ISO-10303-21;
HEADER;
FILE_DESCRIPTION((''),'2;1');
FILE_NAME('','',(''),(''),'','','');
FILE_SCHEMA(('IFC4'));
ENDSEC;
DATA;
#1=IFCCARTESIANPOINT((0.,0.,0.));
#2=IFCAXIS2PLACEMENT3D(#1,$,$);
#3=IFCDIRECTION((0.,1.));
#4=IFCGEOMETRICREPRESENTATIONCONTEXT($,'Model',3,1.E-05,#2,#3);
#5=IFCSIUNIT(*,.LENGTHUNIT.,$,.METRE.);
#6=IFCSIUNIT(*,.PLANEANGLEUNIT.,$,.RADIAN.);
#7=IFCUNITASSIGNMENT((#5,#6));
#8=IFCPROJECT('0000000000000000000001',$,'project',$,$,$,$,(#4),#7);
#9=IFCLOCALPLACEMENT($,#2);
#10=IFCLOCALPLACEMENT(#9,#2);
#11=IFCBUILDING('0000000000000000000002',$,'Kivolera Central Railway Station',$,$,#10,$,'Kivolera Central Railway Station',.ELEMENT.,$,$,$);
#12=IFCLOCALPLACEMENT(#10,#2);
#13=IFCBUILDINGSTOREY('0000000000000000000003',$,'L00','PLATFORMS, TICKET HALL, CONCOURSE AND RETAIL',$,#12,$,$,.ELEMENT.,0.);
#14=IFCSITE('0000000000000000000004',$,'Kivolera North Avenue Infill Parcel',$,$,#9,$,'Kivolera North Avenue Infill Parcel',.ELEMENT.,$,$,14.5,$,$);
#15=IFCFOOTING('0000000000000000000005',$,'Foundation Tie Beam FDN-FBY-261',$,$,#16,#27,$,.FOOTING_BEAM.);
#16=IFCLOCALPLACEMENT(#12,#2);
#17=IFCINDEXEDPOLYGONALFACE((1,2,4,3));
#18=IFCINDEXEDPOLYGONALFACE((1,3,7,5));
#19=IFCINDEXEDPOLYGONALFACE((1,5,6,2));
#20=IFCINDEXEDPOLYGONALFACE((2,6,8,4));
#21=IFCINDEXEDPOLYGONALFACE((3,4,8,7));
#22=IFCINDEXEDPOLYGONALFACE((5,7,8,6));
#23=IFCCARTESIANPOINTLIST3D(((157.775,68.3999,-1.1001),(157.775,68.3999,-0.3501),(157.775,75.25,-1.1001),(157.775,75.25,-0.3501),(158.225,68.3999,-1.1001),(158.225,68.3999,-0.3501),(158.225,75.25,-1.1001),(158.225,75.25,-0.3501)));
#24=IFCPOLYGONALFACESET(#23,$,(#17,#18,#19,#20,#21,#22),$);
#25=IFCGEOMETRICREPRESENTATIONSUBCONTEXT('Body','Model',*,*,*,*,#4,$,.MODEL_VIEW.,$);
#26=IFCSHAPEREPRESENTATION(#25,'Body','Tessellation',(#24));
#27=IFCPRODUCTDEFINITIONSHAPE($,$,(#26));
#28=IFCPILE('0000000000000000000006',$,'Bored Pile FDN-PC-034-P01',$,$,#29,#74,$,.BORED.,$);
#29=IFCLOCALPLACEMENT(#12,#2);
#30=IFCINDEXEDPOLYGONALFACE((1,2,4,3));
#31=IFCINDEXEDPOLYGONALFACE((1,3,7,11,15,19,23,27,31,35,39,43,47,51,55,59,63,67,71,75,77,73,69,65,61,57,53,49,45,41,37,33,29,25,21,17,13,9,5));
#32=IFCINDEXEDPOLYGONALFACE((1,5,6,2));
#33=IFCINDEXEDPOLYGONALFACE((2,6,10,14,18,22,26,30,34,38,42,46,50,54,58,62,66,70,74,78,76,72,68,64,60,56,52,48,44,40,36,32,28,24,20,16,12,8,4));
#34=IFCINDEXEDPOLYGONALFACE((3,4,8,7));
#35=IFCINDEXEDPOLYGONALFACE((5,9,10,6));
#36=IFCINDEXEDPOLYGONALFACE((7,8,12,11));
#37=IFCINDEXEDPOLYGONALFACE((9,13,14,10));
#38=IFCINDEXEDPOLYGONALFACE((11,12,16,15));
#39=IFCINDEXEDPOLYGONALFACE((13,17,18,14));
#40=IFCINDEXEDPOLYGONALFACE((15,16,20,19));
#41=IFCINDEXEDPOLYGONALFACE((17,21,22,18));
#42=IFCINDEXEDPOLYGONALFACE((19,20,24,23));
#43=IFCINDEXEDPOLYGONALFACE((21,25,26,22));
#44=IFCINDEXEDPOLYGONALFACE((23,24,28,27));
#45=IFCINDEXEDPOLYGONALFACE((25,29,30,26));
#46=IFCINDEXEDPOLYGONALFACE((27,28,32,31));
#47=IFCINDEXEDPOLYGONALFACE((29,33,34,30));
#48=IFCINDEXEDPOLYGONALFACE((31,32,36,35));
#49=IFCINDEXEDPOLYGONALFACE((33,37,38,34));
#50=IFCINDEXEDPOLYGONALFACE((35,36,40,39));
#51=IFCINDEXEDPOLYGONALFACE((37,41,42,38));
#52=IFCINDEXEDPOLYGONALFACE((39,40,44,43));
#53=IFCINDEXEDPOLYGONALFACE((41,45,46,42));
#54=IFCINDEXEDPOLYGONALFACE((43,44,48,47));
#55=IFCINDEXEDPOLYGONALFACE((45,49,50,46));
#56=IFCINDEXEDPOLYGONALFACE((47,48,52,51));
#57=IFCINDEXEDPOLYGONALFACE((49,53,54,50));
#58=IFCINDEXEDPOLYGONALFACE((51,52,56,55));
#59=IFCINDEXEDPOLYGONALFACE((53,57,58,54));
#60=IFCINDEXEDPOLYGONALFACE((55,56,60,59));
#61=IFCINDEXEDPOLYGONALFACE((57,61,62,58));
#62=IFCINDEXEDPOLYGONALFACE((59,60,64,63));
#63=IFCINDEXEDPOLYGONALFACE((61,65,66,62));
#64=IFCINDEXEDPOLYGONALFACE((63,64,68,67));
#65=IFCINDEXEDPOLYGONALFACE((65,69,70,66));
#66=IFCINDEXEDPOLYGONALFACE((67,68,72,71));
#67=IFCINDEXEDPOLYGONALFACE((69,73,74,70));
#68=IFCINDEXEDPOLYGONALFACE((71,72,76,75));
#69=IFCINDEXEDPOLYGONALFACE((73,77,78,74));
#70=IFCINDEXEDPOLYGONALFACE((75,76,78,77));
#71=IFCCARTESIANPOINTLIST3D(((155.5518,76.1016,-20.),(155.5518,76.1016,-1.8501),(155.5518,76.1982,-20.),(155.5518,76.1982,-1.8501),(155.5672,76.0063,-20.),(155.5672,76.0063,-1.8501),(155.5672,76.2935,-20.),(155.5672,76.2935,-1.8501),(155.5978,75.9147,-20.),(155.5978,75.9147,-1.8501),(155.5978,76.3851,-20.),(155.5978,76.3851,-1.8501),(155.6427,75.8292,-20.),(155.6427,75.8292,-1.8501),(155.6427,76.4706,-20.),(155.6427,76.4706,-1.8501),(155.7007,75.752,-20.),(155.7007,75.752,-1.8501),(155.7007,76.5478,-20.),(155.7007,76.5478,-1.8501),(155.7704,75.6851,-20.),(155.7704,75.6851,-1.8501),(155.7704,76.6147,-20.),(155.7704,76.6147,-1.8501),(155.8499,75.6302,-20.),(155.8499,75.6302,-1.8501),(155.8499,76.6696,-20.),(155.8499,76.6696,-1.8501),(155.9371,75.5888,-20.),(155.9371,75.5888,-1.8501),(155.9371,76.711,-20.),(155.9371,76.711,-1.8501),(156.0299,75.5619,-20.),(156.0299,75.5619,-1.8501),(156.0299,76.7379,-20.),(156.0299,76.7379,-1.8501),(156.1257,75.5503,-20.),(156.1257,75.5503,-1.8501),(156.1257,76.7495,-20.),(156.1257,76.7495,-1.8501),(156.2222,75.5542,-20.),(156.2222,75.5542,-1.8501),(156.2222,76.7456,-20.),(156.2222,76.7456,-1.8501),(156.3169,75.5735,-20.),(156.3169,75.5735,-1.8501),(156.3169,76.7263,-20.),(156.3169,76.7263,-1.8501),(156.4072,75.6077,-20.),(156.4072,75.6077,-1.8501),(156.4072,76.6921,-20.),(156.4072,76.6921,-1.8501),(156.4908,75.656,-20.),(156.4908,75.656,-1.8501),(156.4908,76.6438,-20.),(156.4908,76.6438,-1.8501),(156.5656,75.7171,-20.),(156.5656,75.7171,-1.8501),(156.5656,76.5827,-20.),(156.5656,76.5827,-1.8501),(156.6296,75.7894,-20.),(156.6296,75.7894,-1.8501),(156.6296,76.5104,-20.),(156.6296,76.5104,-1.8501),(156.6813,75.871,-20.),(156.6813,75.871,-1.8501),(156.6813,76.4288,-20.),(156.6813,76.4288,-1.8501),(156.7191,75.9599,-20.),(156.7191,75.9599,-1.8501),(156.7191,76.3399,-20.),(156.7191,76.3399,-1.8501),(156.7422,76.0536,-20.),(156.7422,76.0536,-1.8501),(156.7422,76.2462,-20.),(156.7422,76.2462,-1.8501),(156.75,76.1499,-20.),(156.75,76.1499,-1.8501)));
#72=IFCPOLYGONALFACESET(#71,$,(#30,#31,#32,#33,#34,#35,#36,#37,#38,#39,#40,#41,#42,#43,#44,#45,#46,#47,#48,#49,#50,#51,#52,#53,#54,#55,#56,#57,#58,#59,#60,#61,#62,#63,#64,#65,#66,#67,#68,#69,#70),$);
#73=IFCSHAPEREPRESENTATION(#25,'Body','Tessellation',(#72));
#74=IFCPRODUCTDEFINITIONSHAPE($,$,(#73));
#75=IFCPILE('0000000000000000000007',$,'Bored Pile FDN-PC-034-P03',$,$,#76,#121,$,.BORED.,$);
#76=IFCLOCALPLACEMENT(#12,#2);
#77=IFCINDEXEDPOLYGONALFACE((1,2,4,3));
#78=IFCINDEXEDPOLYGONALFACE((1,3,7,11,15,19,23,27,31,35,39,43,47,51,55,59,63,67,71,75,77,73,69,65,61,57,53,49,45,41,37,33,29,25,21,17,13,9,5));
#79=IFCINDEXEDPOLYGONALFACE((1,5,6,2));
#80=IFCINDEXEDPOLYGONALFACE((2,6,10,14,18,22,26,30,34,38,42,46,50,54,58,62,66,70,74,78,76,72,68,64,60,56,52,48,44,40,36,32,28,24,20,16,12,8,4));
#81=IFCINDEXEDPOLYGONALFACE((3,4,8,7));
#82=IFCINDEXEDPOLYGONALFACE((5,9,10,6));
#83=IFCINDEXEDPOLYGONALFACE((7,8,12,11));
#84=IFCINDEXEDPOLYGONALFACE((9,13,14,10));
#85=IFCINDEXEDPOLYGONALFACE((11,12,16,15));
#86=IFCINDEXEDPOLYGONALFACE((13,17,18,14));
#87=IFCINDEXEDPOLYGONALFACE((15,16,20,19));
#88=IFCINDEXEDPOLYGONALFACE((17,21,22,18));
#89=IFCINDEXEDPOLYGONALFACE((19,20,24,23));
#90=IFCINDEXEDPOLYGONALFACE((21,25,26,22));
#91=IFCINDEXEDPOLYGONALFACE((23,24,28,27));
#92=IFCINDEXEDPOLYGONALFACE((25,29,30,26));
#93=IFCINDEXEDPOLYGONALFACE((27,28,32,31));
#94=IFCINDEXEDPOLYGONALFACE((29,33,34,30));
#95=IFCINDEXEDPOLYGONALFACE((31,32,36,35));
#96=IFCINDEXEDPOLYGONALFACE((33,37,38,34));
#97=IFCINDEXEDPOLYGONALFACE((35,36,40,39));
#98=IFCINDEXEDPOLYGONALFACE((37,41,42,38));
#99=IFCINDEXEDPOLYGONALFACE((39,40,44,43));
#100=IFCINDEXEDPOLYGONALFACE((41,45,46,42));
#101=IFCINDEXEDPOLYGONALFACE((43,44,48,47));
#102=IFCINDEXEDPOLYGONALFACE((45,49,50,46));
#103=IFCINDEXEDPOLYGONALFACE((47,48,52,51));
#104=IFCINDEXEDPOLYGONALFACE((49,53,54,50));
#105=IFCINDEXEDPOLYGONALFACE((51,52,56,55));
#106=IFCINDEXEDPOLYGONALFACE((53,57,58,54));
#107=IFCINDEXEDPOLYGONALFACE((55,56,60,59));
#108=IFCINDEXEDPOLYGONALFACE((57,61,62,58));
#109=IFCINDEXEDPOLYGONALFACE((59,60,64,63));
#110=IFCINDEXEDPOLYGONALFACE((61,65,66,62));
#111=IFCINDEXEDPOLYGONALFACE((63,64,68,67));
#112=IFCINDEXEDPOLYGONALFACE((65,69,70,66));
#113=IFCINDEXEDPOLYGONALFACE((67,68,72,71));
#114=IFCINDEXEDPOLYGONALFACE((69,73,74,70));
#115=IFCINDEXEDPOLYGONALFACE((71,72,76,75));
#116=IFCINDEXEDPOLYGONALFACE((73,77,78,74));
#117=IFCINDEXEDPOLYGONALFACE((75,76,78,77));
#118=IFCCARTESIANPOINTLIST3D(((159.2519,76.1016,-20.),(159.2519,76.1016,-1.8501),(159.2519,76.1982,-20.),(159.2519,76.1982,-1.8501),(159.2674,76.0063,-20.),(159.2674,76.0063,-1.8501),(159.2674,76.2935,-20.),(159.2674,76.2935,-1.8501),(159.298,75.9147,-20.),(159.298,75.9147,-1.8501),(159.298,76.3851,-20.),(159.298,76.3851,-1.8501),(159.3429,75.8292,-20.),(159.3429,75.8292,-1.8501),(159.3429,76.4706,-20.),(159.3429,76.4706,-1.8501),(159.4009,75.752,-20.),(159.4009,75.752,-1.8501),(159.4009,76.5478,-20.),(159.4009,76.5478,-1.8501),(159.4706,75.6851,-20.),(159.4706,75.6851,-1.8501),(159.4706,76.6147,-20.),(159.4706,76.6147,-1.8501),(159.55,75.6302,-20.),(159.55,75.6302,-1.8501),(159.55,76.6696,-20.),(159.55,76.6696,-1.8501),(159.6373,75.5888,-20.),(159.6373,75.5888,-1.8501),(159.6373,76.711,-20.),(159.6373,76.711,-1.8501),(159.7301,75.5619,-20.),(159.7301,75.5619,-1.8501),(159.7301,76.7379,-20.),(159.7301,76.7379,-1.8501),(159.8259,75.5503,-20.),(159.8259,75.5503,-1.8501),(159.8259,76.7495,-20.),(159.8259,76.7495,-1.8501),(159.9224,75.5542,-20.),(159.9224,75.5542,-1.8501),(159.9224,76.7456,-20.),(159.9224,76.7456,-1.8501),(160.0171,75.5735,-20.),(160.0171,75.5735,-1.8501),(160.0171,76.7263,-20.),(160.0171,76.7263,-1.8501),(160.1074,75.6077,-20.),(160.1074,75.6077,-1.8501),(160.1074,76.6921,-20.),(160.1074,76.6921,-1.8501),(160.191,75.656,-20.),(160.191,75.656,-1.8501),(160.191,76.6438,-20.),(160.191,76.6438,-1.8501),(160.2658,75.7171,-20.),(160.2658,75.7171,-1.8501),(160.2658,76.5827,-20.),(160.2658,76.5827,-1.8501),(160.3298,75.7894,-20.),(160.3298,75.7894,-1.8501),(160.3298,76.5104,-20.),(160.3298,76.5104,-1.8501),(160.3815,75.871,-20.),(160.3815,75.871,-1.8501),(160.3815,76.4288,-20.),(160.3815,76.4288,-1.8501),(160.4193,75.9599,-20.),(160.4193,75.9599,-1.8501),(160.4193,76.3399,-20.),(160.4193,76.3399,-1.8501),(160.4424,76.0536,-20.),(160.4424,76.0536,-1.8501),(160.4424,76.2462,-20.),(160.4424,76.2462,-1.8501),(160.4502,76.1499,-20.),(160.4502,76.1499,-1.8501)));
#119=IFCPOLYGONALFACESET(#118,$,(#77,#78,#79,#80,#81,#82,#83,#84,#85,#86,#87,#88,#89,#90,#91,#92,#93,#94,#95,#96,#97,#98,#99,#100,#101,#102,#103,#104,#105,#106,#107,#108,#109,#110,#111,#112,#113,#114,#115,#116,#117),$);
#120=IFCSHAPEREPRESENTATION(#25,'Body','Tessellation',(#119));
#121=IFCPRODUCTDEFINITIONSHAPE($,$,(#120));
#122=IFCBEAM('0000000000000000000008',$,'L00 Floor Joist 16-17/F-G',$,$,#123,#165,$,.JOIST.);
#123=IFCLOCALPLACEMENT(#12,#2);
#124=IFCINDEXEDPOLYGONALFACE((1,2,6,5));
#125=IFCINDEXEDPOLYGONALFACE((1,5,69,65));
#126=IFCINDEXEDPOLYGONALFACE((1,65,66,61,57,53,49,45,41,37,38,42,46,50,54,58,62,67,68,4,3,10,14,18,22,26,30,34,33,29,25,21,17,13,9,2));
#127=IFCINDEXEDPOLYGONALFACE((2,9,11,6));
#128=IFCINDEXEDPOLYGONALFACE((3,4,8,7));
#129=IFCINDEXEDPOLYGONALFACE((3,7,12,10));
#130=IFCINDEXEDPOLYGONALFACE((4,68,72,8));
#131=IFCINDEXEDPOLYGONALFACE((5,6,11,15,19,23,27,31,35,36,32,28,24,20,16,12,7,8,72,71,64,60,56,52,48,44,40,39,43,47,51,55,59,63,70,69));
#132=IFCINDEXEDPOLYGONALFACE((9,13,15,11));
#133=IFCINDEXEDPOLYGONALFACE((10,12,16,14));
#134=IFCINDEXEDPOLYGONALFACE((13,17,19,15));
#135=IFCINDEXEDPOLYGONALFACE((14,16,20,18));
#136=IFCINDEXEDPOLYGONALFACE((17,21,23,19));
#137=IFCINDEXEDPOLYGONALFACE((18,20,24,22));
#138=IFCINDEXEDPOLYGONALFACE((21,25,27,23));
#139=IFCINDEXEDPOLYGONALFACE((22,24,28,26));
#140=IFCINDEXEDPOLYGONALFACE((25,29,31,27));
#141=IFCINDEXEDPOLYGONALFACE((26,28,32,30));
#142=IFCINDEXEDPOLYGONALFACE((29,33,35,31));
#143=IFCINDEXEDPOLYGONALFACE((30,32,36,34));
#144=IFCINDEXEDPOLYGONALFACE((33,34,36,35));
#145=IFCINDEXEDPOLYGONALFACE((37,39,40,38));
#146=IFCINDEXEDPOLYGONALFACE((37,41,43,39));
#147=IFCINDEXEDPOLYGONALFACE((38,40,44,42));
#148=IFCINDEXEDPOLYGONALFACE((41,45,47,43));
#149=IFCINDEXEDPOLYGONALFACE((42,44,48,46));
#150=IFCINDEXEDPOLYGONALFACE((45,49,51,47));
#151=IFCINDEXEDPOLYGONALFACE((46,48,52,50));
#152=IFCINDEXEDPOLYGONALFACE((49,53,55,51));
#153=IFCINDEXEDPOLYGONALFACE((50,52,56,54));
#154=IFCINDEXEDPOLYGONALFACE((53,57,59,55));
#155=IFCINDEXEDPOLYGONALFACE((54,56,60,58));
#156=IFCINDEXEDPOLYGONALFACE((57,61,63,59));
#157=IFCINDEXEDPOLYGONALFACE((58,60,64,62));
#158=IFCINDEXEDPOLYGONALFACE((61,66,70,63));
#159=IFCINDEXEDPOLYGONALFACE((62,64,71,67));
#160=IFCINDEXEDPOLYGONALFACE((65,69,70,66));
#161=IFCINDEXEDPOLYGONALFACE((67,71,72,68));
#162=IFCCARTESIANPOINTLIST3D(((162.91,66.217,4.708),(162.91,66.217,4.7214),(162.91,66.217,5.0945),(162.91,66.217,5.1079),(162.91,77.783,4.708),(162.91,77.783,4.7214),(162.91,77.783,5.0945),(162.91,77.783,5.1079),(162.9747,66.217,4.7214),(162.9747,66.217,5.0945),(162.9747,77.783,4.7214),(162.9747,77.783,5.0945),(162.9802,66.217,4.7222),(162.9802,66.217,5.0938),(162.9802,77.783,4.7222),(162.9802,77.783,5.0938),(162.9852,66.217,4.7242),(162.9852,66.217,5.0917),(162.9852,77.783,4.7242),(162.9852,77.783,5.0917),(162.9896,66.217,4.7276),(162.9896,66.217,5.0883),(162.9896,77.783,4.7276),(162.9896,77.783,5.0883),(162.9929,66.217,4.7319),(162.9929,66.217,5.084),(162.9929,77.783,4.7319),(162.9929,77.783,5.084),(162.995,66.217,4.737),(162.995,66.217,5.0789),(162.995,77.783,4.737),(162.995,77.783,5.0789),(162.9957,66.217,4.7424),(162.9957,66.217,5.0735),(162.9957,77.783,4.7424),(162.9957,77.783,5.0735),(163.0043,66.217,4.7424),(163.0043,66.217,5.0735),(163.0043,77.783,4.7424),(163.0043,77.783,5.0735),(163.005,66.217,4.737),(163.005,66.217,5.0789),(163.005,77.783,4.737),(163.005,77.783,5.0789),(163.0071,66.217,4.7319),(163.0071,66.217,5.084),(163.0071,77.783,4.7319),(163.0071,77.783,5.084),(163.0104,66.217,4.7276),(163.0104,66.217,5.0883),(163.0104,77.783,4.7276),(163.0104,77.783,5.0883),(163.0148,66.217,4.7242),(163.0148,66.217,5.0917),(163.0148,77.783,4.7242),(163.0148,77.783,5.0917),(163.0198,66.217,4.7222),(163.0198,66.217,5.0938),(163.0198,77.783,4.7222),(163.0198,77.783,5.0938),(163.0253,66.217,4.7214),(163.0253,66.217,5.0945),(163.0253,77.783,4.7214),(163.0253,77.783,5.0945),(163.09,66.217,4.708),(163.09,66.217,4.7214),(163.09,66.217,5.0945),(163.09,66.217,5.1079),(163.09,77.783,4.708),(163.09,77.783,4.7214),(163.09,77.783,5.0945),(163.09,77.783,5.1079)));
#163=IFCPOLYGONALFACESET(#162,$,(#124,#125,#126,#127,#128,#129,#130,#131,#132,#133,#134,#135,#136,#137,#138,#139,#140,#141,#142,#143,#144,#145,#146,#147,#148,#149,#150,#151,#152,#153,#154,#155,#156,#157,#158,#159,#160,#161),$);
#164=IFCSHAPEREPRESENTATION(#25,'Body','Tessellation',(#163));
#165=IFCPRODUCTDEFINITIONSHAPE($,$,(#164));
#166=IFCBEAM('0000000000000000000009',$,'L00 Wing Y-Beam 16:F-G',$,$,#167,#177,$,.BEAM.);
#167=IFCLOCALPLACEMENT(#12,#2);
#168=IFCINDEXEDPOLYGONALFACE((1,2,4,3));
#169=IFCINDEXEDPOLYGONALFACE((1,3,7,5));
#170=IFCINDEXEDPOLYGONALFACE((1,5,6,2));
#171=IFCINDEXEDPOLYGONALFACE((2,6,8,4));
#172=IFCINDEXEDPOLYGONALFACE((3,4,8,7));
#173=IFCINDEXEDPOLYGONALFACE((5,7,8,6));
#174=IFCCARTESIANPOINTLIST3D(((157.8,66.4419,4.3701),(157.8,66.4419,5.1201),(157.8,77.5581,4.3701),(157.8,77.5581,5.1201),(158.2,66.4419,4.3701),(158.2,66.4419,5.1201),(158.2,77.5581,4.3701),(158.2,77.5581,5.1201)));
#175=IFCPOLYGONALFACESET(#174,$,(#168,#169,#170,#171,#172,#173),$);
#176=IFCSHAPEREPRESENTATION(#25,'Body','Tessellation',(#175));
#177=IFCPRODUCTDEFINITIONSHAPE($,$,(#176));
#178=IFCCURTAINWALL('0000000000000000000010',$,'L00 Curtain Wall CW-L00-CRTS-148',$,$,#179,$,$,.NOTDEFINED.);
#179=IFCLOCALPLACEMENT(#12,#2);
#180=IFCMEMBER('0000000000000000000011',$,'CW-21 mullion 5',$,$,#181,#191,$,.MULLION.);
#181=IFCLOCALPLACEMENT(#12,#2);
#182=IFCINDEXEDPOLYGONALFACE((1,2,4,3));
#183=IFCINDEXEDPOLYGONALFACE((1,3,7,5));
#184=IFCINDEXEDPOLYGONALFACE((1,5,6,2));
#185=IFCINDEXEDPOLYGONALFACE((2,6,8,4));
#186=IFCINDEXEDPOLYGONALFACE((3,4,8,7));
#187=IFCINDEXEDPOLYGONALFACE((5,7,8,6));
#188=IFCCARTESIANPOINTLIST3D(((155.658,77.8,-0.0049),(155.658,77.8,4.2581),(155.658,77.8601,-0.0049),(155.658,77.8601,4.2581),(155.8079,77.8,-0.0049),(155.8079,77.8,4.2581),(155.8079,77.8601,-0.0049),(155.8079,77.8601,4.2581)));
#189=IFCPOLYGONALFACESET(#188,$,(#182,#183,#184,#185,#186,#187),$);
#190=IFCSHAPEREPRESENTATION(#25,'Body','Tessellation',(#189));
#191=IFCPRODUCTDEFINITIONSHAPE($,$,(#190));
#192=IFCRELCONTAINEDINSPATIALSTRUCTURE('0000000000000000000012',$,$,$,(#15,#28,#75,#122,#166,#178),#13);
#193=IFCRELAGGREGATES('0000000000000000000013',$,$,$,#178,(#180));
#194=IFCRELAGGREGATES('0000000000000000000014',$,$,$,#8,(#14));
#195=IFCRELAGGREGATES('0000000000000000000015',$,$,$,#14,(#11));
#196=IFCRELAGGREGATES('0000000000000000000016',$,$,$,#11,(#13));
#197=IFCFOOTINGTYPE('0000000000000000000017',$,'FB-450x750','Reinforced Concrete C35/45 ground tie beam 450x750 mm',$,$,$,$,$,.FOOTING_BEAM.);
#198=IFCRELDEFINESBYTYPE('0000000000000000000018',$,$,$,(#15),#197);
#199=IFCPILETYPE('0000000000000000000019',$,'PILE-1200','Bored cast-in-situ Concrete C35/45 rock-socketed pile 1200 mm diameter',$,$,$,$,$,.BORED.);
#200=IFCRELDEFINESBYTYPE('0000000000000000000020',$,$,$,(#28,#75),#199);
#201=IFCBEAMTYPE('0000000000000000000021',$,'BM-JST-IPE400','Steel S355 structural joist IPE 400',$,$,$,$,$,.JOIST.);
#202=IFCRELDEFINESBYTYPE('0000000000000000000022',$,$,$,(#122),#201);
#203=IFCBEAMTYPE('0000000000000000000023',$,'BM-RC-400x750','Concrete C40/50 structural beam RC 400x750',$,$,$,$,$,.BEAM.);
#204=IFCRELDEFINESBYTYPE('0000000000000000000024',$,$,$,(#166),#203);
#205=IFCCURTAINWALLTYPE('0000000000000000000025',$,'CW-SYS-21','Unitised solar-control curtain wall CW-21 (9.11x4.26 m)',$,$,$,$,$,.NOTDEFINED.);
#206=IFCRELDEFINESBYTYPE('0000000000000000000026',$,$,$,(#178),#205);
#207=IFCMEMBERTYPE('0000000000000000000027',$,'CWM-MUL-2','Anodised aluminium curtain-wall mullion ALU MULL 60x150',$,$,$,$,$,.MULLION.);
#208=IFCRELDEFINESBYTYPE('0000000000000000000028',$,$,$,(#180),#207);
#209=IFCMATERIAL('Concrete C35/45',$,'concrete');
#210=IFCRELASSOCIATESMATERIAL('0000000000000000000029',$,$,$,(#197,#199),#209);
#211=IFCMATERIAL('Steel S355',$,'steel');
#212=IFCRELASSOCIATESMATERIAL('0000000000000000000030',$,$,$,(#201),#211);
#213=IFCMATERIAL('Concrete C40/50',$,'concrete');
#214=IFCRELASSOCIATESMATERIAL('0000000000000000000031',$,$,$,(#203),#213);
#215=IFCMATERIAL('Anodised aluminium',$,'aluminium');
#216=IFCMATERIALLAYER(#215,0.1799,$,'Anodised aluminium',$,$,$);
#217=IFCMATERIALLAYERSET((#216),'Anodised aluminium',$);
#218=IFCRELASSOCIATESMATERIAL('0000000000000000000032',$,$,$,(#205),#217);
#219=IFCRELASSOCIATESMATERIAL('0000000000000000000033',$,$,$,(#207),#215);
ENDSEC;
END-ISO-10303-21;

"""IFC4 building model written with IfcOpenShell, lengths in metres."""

from ifc_helpers import new_model, si_unit, direction, frame, origin, origin_2d, place, context, subcontext, project, spatial, rectangle, circle, i_section, extrude, material, layer, layer_set, material_profile, profile_set, type_object, element, aggregate, save


model = new_model("IFC4")

# Units and contexts
model_context = context("Model", 3, precision=1e-05, world=origin(), true_north=direction((0.0, 1.0)))
body_context = subcontext(model_context, "Body", "Model", "MODEL_VIEW")
ifc_project = project(units=[si_unit("LENGTHUNIT", "METRE"), si_unit("PLANEANGLEUNIT", "RADIAN")], contexts=[model_context])

# Site, building, storey
site_placement = place(None, origin())
site = spatial("IfcSite", under=ifc_project, at=site_placement, Name="Kivolera North Avenue Infill Parcel", LongName="Kivolera North Avenue Infill Parcel", CompositionType="ELEMENT", RefElevation=14.5)
building_placement = place(site_placement, origin())
building = spatial("IfcBuilding", under=site, at=building_placement, Name="Kivolera Central Railway Station", LongName="Kivolera Central Railway Station", CompositionType="ELEMENT")
storey_placement = place(building_placement, origin())
storey = spatial("IfcBuildingStorey", under=building, at=storey_placement, Name="L00", Description="PLATFORMS, TICKET HALL, CONCOURSE AND RETAIL", CompositionType="ELEMENT", Elevation=0.0)

# Footing
ifc_material_1 = material(Name="Concrete C35/45", Category="concrete")
footing_type = type_object("IfcFootingType", Name="FB-450x750", Description="Reinforced Concrete C35/45 ground tie beam 450x750 mm", PredefinedType="FOOTING_BEAM", material=ifc_material_1)
footing_placement = place(storey_placement, frame((158.0, 71.825, -1.1001), z_axis=(0.0, 0.0, 1.0), x_axis=(1.0, 0.0, 0.0)))
element("IfcFooting", 1, at=footing_placement, inside=storey, type_object=footing_type, Name="Foundation Tie Beam FDN-FBY-261", PredefinedType="FOOTING_BEAM", context=body_context, shape_type="SweptSolid", body=[
    extrude(rectangle(XDim=0.45, YDim=6.8501, at=origin_2d()), origin(), (0.0, 0.0, 1.0), 0.75),
])

# Piles
ifc_material_profile_1 = material_profile(ifc_material_1, circle(Radius=0.6001, at=origin_2d()), Name="PILE D1200")
ifc_profile_set_1 = profile_set([ifc_material_profile_1], Name="Concrete C35/45")
pile_type = type_object("IfcPileType", Name="PILE-1200", Description="Bored cast-in-situ Concrete C35/45 rock-socketed pile 1200 mm diameter", PredefinedType="BORED", material=ifc_profile_set_1)
for number, where, z_axis, x_axis, name in (
    (2, (156.1499, 76.1499, -1.8501), (0.0, 0.0, -1.0), (1.0, 0.0, 0.0), "Bored Pile FDN-PC-034-P01"),
    (3, (159.8501, 76.1499, -1.8501), (0.0, 0.0, -1.0), (1.0, 0.0, 0.0), "Bored Pile FDN-PC-034-P03"),
):
    element("IfcPile", number, at=place(storey_placement, frame(where, z_axis=z_axis, x_axis=x_axis)), inside=storey, type_object=pile_type, Name=name, PredefinedType="BORED", context=body_context, shape_type="SweptSolid", body=[
        extrude(circle(Radius=0.6001, at=origin_2d()), origin(), (0.0, 0.0, 1.0), 18.1499),
    ])

# Beams
ifc_material_2 = material(Name="Steel S355", Category="steel")
ifc_material_profile_2 = material_profile(ifc_material_2, i_section(OverallWidth=0.1799, OverallDepth=0.3999, WebThickness=0.0085, FlangeThickness=0.0134, FilletRadius=0.021, at=origin_2d()), Name="IPE 400")
ifc_profile_set_2 = profile_set([ifc_material_profile_2], Name="Steel S355")
beam_type_1 = type_object("IfcBeamType", Name="BM-JST-IPE400", Description="Steel S355 structural joist IPE 400", PredefinedType="JOIST", material=ifc_profile_set_2)
beam_1_placement = place(storey_placement, frame((163.0, 66.217, 4.908), z_axis=(0.0, 1.0, 0.0), x_axis=(-1.0, 0.0, 0.0)))
element("IfcBeam", 4, at=beam_1_placement, inside=storey, type_object=beam_type_1, Name="L00 Floor Joist 16-17/F-G", PredefinedType="JOIST", context=body_context, shape_type="SweptSolid", body=[
    extrude(i_section(OverallWidth=0.1799, OverallDepth=0.3999, WebThickness=0.0085, FlangeThickness=0.0134, FilletRadius=0.021, at=origin_2d()), origin(), (0.0, 0.0, 1.0), 11.5659),
])
ifc_material_3 = material(Name="Concrete C40/50", Category="concrete")
ifc_material_profile_3 = material_profile(ifc_material_3, rectangle(XDim=0.3999, YDim=0.75, at=origin_2d()), Name="RC 400x750")
ifc_profile_set_3 = profile_set([ifc_material_profile_3], Name="Concrete C40/50")
beam_type_2 = type_object("IfcBeamType", Name="BM-RC-400x750", Description="Concrete C40/50 structural beam RC 400x750", PredefinedType="BEAM", material=ifc_profile_set_3)
beam_2_placement = place(storey_placement, frame((158.0, 66.4419, 4.7451), z_axis=(0.0, 1.0, 0.0), x_axis=(-1.0, 0.0, 0.0)))
element("IfcBeam", 5, at=beam_2_placement, inside=storey, type_object=beam_type_2, Name="L00 Wing Y-Beam 16:F-G", PredefinedType="BEAM", context=body_context, shape_type="SweptSolid", body=[
    extrude(rectangle(XDim=0.3999, YDim=0.75, at=origin_2d()), origin(), (0.0, 0.0, 1.0), 11.1162),
])

# Curtain wall, member
ifc_material_4 = material(Name="Anodised aluminium", Category="aluminium")
ifc_layer_1 = layer(ifc_material_4, 0.1799, Name="Anodised aluminium")
ifc_layer_set_1 = layer_set([ifc_layer_1], Name="Anodised aluminium")
curtain_wall_type = type_object("IfcCurtainWallType", Name="CW-SYS-21", Description="Unitised solar-control curtain wall CW-21 (9.11x4.26 m)", PredefinedType="NOTDEFINED", material=ifc_layer_set_1)
curtain_wall_1_placement = place(storey_placement, origin())
curtain_wall_1 = element("IfcCurtainWall", 6, at=curtain_wall_1_placement, inside=storey, type_object=curtain_wall_type, Name="L00 Curtain Wall CW-L00-CRTS-148", PredefinedType="NOTDEFINED")
ifc_material_profile_4 = material_profile(ifc_material_4, rectangle(XDim=0.0601, YDim=0.1499, at=origin_2d()), Name="ALU MULL 60x150")
ifc_profile_set_4 = profile_set([ifc_material_profile_4], Name="Anodised aluminium")
member_type_1 = type_object("IfcMemberType", Name="CWM-MUL-2", Description="Anodised aluminium curtain-wall mullion ALU MULL 60x150", PredefinedType="MULLION", material=ifc_profile_set_4)
member_1_placement = place(storey_placement, frame((155.7329, 77.8301, -0.0049), z_axis=(0.0, 0.0, 1.0), x_axis=(0.0, 1.0, 0.0)))
member_1 = element("IfcMember", 7, at=member_1_placement, type_object=member_type_1, Name="CW-21 mullion 5", PredefinedType="MULLION", context=body_context, shape_type="SweptSolid", body=[
    extrude(rectangle(XDim=0.0601, YDim=0.1499, at=origin_2d()), origin(), (0.0, 0.0, 1.0), 4.2629),
])

aggregate(curtain_wall_1, [member_1])

save(model, "model.ifc")
